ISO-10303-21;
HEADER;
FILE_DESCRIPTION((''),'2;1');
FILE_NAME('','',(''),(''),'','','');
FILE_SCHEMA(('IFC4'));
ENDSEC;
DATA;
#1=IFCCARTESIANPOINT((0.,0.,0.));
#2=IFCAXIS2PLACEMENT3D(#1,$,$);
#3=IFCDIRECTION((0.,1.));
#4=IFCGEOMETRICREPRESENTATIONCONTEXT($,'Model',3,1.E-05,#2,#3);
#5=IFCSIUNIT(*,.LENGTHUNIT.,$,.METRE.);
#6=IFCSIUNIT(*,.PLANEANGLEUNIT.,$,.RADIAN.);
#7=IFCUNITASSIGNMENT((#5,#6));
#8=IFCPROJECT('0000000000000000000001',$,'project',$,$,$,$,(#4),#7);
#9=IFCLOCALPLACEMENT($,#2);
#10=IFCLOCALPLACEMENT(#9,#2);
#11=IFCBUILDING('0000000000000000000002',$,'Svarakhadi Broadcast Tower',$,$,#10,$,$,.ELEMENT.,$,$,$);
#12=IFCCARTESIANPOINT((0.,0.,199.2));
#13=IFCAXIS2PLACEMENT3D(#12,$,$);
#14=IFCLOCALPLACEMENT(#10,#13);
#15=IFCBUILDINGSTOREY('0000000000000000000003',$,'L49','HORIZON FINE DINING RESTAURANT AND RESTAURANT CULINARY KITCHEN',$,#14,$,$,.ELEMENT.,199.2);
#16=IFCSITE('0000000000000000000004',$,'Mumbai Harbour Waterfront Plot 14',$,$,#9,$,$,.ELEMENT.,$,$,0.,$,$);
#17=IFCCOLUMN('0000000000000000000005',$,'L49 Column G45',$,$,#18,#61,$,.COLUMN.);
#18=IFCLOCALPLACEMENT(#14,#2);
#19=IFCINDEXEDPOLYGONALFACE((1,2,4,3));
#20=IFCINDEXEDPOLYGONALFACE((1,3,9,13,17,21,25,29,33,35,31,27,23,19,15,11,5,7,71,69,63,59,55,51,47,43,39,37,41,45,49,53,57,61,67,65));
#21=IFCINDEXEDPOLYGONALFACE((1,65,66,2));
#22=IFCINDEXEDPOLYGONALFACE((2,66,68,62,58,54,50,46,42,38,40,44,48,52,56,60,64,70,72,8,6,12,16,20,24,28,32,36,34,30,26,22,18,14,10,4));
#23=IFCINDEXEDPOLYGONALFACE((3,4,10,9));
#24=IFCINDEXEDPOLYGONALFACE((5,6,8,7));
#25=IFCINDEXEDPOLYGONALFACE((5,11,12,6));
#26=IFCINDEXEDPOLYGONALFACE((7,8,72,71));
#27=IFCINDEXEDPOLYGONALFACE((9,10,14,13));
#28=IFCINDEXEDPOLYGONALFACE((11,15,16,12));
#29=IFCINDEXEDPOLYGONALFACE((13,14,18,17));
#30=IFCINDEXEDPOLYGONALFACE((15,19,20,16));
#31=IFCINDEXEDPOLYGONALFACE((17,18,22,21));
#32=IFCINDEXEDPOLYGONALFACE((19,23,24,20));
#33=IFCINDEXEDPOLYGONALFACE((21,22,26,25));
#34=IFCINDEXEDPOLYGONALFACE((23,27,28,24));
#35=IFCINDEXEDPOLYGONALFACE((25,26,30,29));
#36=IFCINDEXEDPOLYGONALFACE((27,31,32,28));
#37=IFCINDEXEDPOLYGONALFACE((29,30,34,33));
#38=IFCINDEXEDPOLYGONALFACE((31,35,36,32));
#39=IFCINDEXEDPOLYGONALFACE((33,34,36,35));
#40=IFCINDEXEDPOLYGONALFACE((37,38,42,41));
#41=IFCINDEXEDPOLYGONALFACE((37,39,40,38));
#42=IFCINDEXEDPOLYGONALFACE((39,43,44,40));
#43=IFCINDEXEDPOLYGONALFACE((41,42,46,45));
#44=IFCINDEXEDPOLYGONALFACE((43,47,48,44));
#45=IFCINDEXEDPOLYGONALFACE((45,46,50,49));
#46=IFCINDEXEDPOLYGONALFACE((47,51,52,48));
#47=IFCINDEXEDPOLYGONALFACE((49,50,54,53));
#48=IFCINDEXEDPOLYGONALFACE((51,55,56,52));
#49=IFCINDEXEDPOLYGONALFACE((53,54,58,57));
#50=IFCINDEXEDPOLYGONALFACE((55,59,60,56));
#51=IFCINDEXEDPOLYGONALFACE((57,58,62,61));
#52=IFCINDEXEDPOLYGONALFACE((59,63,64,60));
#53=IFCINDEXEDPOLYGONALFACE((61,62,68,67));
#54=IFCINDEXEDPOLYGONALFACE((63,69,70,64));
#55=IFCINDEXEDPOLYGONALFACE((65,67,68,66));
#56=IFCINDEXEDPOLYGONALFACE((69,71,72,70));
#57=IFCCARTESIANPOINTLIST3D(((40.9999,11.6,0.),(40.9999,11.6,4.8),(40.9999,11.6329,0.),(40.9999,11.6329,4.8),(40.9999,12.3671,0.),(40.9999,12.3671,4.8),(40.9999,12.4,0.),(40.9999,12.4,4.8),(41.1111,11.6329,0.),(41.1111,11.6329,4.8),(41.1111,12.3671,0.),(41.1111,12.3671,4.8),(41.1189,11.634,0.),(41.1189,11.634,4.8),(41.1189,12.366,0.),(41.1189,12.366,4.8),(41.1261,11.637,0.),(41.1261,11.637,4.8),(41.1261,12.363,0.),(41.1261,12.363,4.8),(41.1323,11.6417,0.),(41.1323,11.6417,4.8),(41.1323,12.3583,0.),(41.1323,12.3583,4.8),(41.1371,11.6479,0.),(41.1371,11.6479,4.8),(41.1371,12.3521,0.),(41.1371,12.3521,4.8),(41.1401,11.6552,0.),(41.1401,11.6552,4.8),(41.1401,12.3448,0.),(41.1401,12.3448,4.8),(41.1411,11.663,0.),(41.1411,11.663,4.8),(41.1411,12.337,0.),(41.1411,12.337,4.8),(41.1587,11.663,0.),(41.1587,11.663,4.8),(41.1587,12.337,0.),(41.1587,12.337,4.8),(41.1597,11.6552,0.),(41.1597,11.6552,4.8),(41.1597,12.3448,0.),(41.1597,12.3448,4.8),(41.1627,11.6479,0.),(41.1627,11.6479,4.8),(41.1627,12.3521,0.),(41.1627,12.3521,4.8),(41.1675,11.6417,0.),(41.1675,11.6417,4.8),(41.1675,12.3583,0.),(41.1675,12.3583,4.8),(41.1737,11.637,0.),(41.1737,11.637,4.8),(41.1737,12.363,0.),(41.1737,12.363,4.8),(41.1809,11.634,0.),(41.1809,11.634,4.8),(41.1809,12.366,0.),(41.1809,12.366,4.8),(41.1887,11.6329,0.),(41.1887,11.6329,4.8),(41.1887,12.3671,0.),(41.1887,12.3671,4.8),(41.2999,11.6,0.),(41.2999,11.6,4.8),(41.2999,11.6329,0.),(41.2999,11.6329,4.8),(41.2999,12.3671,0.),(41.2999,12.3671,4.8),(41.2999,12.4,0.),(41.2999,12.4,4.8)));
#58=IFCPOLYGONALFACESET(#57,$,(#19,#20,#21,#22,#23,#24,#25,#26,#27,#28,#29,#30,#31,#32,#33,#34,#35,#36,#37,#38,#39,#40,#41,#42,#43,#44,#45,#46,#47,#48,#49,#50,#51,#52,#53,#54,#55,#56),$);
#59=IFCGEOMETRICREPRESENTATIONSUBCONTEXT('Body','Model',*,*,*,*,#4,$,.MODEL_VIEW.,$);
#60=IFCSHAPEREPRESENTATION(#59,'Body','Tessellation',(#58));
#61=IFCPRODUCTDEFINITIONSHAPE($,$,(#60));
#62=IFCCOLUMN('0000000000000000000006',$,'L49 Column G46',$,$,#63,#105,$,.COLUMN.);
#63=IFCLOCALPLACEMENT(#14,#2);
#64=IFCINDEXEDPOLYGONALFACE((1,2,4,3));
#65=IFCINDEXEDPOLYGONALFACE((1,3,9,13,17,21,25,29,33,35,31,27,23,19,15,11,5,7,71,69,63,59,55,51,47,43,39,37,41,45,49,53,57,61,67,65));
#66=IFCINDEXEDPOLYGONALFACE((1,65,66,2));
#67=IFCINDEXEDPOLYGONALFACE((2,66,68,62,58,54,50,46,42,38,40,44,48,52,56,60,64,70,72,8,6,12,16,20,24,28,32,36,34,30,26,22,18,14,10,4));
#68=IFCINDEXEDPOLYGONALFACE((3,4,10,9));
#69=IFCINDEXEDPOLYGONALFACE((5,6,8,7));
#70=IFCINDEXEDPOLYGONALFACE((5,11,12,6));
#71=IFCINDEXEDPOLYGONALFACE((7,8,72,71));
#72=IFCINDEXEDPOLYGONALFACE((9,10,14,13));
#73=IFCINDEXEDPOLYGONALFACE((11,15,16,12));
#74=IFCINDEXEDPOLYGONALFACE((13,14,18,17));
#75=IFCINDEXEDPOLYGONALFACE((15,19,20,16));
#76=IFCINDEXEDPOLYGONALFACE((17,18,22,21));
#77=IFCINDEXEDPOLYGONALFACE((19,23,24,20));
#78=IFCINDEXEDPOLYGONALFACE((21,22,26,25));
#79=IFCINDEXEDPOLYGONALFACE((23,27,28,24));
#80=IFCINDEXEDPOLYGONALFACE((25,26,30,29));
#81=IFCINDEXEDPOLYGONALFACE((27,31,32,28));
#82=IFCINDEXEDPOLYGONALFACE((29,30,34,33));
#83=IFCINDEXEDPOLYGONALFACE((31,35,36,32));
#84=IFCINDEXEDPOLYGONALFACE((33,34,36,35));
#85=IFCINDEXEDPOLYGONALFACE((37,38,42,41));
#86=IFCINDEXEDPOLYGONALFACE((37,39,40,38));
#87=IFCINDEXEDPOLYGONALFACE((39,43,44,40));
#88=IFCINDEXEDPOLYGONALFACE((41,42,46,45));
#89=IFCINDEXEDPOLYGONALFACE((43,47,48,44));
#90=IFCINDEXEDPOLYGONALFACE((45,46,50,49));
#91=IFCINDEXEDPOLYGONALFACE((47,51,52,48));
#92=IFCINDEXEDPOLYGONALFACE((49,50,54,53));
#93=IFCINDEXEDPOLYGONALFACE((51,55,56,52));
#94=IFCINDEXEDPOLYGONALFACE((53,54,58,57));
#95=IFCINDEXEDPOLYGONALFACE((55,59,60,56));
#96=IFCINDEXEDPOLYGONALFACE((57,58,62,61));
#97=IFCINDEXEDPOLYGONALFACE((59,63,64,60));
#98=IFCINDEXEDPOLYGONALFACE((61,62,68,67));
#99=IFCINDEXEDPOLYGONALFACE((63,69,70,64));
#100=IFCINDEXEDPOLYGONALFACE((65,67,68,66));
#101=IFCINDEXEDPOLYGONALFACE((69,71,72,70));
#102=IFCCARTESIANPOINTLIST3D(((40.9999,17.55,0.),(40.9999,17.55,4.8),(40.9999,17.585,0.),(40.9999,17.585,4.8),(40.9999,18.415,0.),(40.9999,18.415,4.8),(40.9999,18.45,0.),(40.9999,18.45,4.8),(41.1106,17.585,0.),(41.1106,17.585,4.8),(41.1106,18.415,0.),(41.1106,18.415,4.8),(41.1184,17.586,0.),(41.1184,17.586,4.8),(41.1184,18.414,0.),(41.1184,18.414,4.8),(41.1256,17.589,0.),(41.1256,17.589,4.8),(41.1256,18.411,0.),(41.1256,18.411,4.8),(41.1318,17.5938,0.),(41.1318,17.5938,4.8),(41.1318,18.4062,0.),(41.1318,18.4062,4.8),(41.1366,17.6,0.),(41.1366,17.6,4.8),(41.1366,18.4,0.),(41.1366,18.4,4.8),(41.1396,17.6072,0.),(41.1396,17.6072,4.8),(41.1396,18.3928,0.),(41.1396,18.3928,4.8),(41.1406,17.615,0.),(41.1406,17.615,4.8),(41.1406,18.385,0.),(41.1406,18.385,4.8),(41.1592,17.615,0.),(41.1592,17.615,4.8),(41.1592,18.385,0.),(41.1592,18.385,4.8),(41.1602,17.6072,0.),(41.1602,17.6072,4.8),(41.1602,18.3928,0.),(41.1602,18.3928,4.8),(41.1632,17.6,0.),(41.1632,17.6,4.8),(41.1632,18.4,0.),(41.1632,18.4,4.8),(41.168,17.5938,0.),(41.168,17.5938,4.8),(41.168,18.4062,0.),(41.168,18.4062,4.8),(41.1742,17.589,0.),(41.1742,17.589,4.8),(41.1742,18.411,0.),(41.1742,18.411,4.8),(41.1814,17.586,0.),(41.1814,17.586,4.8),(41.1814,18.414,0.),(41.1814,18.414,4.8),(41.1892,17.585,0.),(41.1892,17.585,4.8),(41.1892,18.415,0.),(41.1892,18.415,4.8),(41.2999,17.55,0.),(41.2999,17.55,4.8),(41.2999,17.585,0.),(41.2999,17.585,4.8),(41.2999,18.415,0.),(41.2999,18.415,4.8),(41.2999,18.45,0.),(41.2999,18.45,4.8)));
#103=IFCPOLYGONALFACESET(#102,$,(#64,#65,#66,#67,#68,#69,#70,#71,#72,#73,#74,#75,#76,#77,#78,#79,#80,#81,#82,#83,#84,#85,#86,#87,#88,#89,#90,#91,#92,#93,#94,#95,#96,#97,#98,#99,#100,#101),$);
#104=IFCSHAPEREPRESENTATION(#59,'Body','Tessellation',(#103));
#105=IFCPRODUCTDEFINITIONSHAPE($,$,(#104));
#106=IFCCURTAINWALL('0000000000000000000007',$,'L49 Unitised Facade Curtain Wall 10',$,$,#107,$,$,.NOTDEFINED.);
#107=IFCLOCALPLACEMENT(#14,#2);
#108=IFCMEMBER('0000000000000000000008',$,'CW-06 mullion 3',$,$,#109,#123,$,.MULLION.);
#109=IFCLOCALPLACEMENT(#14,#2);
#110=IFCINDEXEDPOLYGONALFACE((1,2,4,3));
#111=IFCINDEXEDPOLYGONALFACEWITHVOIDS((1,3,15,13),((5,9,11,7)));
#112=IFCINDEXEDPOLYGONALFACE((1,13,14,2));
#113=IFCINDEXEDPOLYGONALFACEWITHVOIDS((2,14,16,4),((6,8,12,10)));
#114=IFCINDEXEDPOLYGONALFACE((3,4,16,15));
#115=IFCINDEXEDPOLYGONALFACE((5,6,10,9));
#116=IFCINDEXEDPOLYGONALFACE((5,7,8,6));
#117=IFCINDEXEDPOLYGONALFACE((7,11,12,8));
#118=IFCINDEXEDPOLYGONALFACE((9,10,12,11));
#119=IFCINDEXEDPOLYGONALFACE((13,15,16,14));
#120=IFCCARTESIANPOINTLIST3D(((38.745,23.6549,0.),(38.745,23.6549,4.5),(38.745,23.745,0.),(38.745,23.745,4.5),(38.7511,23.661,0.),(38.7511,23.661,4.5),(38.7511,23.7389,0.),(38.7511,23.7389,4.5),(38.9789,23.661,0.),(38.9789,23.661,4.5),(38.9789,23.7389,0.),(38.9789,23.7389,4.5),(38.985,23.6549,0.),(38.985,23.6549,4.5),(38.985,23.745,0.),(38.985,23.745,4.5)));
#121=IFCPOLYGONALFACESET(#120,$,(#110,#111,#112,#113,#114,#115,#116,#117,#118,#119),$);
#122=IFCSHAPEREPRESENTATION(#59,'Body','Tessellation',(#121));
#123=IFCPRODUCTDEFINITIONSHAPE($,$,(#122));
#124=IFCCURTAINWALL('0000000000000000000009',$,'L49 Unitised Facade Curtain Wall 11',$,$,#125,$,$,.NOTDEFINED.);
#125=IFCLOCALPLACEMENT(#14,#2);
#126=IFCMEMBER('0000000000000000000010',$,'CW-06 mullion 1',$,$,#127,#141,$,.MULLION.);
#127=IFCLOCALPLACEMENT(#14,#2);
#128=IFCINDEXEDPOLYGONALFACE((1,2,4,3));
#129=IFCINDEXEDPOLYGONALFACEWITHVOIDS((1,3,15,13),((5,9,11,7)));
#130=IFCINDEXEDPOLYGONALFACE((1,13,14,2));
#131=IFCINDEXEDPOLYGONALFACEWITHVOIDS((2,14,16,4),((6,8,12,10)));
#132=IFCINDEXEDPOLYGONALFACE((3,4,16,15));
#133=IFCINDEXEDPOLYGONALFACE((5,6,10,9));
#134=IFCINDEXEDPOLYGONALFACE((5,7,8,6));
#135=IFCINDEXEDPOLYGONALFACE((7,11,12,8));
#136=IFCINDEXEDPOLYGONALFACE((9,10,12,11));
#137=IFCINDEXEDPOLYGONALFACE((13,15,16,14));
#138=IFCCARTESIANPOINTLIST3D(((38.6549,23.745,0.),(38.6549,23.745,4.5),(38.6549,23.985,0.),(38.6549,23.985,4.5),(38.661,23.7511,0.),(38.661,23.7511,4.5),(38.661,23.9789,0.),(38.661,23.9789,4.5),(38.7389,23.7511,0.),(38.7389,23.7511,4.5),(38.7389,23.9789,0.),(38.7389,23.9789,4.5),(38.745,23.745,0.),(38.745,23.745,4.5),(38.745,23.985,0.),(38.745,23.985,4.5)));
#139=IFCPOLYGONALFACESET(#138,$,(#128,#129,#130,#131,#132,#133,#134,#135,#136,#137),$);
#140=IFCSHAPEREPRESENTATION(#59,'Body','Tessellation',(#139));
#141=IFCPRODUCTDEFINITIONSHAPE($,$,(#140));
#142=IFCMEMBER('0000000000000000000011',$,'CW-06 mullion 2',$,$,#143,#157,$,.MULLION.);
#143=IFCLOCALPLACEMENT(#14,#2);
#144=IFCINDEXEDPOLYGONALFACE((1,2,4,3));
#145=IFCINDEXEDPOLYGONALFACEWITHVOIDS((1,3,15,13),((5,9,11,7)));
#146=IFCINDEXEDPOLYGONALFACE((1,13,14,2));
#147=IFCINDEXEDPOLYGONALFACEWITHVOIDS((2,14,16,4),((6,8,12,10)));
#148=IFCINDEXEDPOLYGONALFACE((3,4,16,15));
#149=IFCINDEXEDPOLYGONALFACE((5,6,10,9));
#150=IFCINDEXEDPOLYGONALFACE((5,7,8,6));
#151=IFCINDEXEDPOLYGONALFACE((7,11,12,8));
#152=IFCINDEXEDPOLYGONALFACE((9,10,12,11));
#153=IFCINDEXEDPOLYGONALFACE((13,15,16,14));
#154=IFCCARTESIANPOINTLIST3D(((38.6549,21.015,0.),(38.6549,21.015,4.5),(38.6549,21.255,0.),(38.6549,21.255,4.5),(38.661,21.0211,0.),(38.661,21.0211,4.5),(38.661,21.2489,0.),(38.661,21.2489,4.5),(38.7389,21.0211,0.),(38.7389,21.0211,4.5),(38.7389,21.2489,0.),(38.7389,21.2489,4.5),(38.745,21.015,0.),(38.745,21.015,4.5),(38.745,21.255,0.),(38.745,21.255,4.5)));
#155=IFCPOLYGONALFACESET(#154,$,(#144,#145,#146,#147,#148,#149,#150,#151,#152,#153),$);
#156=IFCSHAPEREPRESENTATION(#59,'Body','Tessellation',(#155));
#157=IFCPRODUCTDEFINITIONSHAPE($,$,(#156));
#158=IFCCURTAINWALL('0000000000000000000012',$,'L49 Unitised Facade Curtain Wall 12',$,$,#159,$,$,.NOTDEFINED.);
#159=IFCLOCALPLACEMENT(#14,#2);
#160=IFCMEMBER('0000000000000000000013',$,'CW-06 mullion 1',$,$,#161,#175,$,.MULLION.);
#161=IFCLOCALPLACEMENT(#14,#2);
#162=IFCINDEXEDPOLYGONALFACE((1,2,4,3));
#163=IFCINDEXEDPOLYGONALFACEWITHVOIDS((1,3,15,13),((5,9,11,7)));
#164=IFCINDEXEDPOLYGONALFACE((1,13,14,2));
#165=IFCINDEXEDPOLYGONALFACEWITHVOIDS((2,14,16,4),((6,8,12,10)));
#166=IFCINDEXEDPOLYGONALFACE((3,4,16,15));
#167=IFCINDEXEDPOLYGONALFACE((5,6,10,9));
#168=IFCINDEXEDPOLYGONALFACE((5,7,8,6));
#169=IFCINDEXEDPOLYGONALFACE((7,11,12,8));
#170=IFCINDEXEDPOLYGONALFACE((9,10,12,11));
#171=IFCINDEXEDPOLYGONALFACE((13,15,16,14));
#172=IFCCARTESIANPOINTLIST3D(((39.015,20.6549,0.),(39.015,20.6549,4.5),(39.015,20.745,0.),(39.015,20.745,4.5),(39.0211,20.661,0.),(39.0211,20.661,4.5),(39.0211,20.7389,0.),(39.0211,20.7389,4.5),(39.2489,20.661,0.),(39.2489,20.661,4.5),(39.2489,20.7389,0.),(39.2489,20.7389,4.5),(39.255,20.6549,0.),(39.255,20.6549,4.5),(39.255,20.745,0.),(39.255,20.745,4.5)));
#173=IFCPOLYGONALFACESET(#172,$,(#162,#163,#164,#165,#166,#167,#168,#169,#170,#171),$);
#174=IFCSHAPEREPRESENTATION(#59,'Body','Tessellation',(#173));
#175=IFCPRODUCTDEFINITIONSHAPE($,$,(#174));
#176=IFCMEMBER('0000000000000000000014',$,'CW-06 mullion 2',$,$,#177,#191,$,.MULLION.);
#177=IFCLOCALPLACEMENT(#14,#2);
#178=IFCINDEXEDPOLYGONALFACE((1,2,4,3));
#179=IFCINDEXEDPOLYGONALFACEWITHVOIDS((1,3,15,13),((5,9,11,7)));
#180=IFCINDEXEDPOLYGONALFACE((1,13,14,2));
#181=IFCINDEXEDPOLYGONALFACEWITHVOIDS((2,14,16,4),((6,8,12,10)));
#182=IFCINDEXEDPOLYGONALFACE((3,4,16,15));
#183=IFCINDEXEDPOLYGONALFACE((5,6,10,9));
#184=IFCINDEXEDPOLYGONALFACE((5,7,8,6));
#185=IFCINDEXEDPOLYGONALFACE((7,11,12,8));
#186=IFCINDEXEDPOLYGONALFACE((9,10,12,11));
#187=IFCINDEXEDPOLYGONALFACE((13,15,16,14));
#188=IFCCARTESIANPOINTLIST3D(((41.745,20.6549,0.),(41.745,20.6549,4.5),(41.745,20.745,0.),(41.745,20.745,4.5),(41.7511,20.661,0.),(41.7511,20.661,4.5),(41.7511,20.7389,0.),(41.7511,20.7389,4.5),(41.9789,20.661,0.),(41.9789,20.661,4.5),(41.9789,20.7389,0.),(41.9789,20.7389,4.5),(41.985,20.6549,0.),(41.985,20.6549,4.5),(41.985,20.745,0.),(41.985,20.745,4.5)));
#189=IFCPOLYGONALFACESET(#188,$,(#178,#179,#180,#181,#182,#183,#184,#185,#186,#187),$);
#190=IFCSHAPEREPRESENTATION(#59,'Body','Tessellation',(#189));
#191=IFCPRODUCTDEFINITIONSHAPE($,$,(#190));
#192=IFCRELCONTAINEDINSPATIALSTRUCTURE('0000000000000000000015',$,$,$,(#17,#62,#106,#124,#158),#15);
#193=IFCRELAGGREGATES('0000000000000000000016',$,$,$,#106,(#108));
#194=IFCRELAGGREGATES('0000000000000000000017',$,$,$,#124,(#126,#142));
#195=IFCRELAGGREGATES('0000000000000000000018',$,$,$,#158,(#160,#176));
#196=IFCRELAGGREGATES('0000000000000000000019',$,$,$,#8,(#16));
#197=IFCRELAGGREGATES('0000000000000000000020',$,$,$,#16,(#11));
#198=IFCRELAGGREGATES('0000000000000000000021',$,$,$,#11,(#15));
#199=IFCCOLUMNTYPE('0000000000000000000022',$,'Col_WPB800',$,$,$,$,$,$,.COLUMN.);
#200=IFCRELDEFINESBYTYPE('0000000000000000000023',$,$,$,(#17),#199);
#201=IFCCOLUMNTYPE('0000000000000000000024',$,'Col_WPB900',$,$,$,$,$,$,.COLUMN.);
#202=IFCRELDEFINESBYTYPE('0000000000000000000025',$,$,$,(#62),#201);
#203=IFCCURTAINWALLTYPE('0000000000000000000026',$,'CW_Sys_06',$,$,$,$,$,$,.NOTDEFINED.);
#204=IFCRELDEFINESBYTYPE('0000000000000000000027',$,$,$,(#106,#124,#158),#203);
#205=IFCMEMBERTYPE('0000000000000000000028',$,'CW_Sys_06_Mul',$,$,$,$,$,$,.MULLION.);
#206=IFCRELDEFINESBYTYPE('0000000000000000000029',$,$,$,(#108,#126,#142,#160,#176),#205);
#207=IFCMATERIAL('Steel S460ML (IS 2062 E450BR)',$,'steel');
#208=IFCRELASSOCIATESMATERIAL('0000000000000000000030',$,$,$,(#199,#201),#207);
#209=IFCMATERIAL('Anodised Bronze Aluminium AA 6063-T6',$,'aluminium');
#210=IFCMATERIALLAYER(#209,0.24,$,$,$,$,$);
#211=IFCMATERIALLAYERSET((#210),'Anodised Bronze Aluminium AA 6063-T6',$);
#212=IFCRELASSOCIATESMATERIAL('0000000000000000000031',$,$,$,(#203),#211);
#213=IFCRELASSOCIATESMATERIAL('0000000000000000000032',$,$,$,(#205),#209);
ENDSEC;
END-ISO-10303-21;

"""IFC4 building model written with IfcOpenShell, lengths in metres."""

from ifc_helpers import new_model, si_unit, direction, frame, origin, origin_2d, place, context, subcontext, project, spatial, hollow_rectangle, i_section, extrude, material, layer, layer_set, material_profile, profile_set, type_object, element, aggregate, save


model = new_model("IFC4")

# Units and contexts
model_context = context("Model", 3, precision=1e-05, world=origin(), true_north=direction((0.0, 1.0)))
body_context = subcontext(model_context, "Body", "Model", "MODEL_VIEW")
ifc_project = project(units=[si_unit("LENGTHUNIT", "METRE"), si_unit("PLANEANGLEUNIT", "RADIAN")], contexts=[model_context])

# Site, building, storey
site_placement = place(None, origin())
site = spatial("IfcSite", under=ifc_project, at=site_placement, Name="Mumbai Harbour Waterfront Plot 14", CompositionType="ELEMENT", RefElevation=0.0)
building_placement = place(site_placement, origin())
building = spatial("IfcBuilding", under=site, at=building_placement, Name="Svarakhadi Broadcast Tower", CompositionType="ELEMENT")
storey_placement = place(building_placement, frame((0.0, 0.0, 199.2)))
storey = spatial("IfcBuildingStorey", under=building, at=storey_placement, Name="L49", Description="HORIZON FINE DINING RESTAURANT AND RESTAURANT CULINARY KITCHEN", CompositionType="ELEMENT", Elevation=199.2)

# Columns
ifc_material_1 = material(Name="Steel S460ML (IS 2062 E450BR)", Category="steel")
ifc_material_profile_1 = material_profile(ifc_material_1, i_section(OverallWidth=0.3, OverallDepth=0.8, WebThickness=0.0176, FlangeThickness=0.033, FilletRadius=0.03, at=origin_2d()), Name="WPB 800x300x262")
ifc_profile_set_1 = profile_set([ifc_material_profile_1], Name="Steel S460ML (IS 2062 E450BR)")
column_type_1 = type_object("IfcColumnType", Name="Col_WPB800", PredefinedType="COLUMN", material=ifc_profile_set_1)
column_1_placement = place(storey_placement, frame((41.1499, 12.0, 0.0), z_axis=(0.0, 0.0, 1.0), x_axis=(1.0, 0.0, 0.0)))
element("IfcColumn", 1, at=column_1_placement, inside=storey, type_object=column_type_1, Name="L49 Column G45", PredefinedType="COLUMN", context=body_context, shape_type="SweptSolid", body=[
    extrude(i_section(OverallWidth=0.3, OverallDepth=0.8, WebThickness=0.0176, FlangeThickness=0.033, FilletRadius=0.03, at=origin_2d()), origin(), (0.0, 0.0, 1.0), 4.8),
])
ifc_material_profile_2 = material_profile(ifc_material_1, i_section(OverallWidth=0.3, OverallDepth=0.8999, WebThickness=0.0186, FlangeThickness=0.0349, FilletRadius=0.03, at=origin_2d()), Name="WPB 900x300x291")
ifc_profile_set_2 = profile_set([ifc_material_profile_2], Name="Steel S460ML (IS 2062 E450BR)")
column_type_2 = type_object("IfcColumnType", Name="Col_WPB900", PredefinedType="COLUMN", material=ifc_profile_set_2)
column_2_placement = place(storey_placement, frame((41.1499, 18.0, 0.0), z_axis=(0.0, 0.0, 1.0), x_axis=(1.0, 0.0, 0.0)))
element("IfcColumn", 2, at=column_2_placement, inside=storey, type_object=column_type_2, Name="L49 Column G46", PredefinedType="COLUMN", context=body_context, shape_type="SweptSolid", body=[
    extrude(i_section(OverallWidth=0.3, OverallDepth=0.8999, WebThickness=0.0186, FlangeThickness=0.0349, FilletRadius=0.03, at=origin_2d()), origin(), (0.0, 0.0, 1.0), 4.8),
])

# Curtain wall, member
ifc_material_2 = material(Name="Anodised Bronze Aluminium AA 6063-T6", Category="aluminium")
ifc_layer_1 = layer(ifc_material_2, 0.24)
ifc_layer_set_1 = layer_set([ifc_layer_1], Name="Anodised Bronze Aluminium AA 6063-T6")
curtain_wall_type = type_object("IfcCurtainWallType", Name="CW_Sys_06", PredefinedType="NOTDEFINED", material=ifc_layer_set_1)
curtain_wall_1_placement = place(storey_placement, origin())
curtain_wall_1 = element("IfcCurtainWall", 3, at=curtain_wall_1_placement, inside=storey, type_object=curtain_wall_type, Name="L49 Unitised Facade Curtain Wall 10", PredefinedType="NOTDEFINED")
ifc_material_profile_3 = material_profile(ifc_material_2, hollow_rectangle(XDim=0.0901, YDim=0.24, WallThickness=0.0061, at=origin_2d()), Name="ALU MULLION 240x90x6")
ifc_profile_set_3 = profile_set([ifc_material_profile_3], Name="Anodised Bronze Aluminium AA 6063-T6")
member_type_1 = type_object("IfcMemberType", Name="CW_Sys_06_Mul", PredefinedType="MULLION", material=ifc_profile_set_3)
member_1_placement = place(storey_placement, frame((38.865, 23.7, 0.0), z_axis=(0.0, 0.0, 1.0), x_axis=(0.0, 1.0, 0.0)))
member_1 = element("IfcMember", 4, at=member_1_placement, type_object=member_type_1, Name="CW-06 mullion 3", PredefinedType="MULLION", context=body_context, shape_type="SweptSolid", body=[
    extrude(hollow_rectangle(XDim=0.0901, YDim=0.24, WallThickness=0.0061, at=origin_2d()), origin(), (0.0, 0.0, 1.0), 4.5),
])
aggregate(curtain_wall_1, [member_1])

# Curtain walls, members
curtain_wall_2_placement = place(storey_placement, origin())
curtain_wall_2 = element("IfcCurtainWall", 5, at=curtain_wall_2_placement, inside=storey, type_object=curtain_wall_type, Name="L49 Unitised Facade Curtain Wall 11", PredefinedType="NOTDEFINED")
member_2_placement = place(storey_placement, frame((38.7, 23.865, 0.0), z_axis=(0.0, 0.0, 1.0), x_axis=(1.0, 0.0, 0.0)))
member_2 = element("IfcMember", 6, at=member_2_placement, type_object=member_type_1, Name="CW-06 mullion 1", PredefinedType="MULLION", context=body_context, shape_type="SweptSolid", body=[
    extrude(hollow_rectangle(XDim=0.0901, YDim=0.24, WallThickness=0.0061, at=origin_2d()), origin(), (0.0, 0.0, 1.0), 4.5),
])
member_3_placement = place(storey_placement, frame((38.7, 21.135, 0.0), z_axis=(0.0, 0.0, 1.0), x_axis=(1.0, 0.0, 0.0)))
member_3 = element("IfcMember", 7, at=member_3_placement, type_object=member_type_1, Name="CW-06 mullion 2", PredefinedType="MULLION", context=body_context, shape_type="SweptSolid", body=[
    extrude(hollow_rectangle(XDim=0.0901, YDim=0.24, WallThickness=0.0061, at=origin_2d()), origin(), (0.0, 0.0, 1.0), 4.5),
])
curtain_wall_3_placement = place(storey_placement, origin())
curtain_wall_3 = element("IfcCurtainWall", 8, at=curtain_wall_3_placement, inside=storey, type_object=curtain_wall_type, Name="L49 Unitised Facade Curtain Wall 12", PredefinedType="NOTDEFINED")
member_4_placement = place(storey_placement, frame((39.135, 20.7, 0.0), z_axis=(0.0, 0.0, 1.0), x_axis=(0.0, 1.0, 0.0)))
member_4 = element("IfcMember", 9, at=member_4_placement, type_object=member_type_1, Name="CW-06 mullion 1", PredefinedType="MULLION", context=body_context, shape_type="SweptSolid", body=[
    extrude(hollow_rectangle(XDim=0.0901, YDim=0.24, WallThickness=0.0061, at=origin_2d()), origin(), (0.0, 0.0, 1.0), 4.5),
])
member_5_placement = place(storey_placement, frame((41.865, 20.7, 0.0), z_axis=(0.0, 0.0, 1.0), x_axis=(0.0, 1.0, 0.0)))
member_5 = element("IfcMember", 10, at=member_5_placement, type_object=member_type_1, Name="CW-06 mullion 2", PredefinedType="MULLION", context=body_context, shape_type="SweptSolid", body=[
    extrude(hollow_rectangle(XDim=0.0901, YDim=0.24, WallThickness=0.0061, at=origin_2d()), origin(), (0.0, 0.0, 1.0), 4.5),
])

aggregate(curtain_wall_2, [member_2, member_3])
aggregate(curtain_wall_3, [member_4, member_5])

save(model, "model.ifc")
